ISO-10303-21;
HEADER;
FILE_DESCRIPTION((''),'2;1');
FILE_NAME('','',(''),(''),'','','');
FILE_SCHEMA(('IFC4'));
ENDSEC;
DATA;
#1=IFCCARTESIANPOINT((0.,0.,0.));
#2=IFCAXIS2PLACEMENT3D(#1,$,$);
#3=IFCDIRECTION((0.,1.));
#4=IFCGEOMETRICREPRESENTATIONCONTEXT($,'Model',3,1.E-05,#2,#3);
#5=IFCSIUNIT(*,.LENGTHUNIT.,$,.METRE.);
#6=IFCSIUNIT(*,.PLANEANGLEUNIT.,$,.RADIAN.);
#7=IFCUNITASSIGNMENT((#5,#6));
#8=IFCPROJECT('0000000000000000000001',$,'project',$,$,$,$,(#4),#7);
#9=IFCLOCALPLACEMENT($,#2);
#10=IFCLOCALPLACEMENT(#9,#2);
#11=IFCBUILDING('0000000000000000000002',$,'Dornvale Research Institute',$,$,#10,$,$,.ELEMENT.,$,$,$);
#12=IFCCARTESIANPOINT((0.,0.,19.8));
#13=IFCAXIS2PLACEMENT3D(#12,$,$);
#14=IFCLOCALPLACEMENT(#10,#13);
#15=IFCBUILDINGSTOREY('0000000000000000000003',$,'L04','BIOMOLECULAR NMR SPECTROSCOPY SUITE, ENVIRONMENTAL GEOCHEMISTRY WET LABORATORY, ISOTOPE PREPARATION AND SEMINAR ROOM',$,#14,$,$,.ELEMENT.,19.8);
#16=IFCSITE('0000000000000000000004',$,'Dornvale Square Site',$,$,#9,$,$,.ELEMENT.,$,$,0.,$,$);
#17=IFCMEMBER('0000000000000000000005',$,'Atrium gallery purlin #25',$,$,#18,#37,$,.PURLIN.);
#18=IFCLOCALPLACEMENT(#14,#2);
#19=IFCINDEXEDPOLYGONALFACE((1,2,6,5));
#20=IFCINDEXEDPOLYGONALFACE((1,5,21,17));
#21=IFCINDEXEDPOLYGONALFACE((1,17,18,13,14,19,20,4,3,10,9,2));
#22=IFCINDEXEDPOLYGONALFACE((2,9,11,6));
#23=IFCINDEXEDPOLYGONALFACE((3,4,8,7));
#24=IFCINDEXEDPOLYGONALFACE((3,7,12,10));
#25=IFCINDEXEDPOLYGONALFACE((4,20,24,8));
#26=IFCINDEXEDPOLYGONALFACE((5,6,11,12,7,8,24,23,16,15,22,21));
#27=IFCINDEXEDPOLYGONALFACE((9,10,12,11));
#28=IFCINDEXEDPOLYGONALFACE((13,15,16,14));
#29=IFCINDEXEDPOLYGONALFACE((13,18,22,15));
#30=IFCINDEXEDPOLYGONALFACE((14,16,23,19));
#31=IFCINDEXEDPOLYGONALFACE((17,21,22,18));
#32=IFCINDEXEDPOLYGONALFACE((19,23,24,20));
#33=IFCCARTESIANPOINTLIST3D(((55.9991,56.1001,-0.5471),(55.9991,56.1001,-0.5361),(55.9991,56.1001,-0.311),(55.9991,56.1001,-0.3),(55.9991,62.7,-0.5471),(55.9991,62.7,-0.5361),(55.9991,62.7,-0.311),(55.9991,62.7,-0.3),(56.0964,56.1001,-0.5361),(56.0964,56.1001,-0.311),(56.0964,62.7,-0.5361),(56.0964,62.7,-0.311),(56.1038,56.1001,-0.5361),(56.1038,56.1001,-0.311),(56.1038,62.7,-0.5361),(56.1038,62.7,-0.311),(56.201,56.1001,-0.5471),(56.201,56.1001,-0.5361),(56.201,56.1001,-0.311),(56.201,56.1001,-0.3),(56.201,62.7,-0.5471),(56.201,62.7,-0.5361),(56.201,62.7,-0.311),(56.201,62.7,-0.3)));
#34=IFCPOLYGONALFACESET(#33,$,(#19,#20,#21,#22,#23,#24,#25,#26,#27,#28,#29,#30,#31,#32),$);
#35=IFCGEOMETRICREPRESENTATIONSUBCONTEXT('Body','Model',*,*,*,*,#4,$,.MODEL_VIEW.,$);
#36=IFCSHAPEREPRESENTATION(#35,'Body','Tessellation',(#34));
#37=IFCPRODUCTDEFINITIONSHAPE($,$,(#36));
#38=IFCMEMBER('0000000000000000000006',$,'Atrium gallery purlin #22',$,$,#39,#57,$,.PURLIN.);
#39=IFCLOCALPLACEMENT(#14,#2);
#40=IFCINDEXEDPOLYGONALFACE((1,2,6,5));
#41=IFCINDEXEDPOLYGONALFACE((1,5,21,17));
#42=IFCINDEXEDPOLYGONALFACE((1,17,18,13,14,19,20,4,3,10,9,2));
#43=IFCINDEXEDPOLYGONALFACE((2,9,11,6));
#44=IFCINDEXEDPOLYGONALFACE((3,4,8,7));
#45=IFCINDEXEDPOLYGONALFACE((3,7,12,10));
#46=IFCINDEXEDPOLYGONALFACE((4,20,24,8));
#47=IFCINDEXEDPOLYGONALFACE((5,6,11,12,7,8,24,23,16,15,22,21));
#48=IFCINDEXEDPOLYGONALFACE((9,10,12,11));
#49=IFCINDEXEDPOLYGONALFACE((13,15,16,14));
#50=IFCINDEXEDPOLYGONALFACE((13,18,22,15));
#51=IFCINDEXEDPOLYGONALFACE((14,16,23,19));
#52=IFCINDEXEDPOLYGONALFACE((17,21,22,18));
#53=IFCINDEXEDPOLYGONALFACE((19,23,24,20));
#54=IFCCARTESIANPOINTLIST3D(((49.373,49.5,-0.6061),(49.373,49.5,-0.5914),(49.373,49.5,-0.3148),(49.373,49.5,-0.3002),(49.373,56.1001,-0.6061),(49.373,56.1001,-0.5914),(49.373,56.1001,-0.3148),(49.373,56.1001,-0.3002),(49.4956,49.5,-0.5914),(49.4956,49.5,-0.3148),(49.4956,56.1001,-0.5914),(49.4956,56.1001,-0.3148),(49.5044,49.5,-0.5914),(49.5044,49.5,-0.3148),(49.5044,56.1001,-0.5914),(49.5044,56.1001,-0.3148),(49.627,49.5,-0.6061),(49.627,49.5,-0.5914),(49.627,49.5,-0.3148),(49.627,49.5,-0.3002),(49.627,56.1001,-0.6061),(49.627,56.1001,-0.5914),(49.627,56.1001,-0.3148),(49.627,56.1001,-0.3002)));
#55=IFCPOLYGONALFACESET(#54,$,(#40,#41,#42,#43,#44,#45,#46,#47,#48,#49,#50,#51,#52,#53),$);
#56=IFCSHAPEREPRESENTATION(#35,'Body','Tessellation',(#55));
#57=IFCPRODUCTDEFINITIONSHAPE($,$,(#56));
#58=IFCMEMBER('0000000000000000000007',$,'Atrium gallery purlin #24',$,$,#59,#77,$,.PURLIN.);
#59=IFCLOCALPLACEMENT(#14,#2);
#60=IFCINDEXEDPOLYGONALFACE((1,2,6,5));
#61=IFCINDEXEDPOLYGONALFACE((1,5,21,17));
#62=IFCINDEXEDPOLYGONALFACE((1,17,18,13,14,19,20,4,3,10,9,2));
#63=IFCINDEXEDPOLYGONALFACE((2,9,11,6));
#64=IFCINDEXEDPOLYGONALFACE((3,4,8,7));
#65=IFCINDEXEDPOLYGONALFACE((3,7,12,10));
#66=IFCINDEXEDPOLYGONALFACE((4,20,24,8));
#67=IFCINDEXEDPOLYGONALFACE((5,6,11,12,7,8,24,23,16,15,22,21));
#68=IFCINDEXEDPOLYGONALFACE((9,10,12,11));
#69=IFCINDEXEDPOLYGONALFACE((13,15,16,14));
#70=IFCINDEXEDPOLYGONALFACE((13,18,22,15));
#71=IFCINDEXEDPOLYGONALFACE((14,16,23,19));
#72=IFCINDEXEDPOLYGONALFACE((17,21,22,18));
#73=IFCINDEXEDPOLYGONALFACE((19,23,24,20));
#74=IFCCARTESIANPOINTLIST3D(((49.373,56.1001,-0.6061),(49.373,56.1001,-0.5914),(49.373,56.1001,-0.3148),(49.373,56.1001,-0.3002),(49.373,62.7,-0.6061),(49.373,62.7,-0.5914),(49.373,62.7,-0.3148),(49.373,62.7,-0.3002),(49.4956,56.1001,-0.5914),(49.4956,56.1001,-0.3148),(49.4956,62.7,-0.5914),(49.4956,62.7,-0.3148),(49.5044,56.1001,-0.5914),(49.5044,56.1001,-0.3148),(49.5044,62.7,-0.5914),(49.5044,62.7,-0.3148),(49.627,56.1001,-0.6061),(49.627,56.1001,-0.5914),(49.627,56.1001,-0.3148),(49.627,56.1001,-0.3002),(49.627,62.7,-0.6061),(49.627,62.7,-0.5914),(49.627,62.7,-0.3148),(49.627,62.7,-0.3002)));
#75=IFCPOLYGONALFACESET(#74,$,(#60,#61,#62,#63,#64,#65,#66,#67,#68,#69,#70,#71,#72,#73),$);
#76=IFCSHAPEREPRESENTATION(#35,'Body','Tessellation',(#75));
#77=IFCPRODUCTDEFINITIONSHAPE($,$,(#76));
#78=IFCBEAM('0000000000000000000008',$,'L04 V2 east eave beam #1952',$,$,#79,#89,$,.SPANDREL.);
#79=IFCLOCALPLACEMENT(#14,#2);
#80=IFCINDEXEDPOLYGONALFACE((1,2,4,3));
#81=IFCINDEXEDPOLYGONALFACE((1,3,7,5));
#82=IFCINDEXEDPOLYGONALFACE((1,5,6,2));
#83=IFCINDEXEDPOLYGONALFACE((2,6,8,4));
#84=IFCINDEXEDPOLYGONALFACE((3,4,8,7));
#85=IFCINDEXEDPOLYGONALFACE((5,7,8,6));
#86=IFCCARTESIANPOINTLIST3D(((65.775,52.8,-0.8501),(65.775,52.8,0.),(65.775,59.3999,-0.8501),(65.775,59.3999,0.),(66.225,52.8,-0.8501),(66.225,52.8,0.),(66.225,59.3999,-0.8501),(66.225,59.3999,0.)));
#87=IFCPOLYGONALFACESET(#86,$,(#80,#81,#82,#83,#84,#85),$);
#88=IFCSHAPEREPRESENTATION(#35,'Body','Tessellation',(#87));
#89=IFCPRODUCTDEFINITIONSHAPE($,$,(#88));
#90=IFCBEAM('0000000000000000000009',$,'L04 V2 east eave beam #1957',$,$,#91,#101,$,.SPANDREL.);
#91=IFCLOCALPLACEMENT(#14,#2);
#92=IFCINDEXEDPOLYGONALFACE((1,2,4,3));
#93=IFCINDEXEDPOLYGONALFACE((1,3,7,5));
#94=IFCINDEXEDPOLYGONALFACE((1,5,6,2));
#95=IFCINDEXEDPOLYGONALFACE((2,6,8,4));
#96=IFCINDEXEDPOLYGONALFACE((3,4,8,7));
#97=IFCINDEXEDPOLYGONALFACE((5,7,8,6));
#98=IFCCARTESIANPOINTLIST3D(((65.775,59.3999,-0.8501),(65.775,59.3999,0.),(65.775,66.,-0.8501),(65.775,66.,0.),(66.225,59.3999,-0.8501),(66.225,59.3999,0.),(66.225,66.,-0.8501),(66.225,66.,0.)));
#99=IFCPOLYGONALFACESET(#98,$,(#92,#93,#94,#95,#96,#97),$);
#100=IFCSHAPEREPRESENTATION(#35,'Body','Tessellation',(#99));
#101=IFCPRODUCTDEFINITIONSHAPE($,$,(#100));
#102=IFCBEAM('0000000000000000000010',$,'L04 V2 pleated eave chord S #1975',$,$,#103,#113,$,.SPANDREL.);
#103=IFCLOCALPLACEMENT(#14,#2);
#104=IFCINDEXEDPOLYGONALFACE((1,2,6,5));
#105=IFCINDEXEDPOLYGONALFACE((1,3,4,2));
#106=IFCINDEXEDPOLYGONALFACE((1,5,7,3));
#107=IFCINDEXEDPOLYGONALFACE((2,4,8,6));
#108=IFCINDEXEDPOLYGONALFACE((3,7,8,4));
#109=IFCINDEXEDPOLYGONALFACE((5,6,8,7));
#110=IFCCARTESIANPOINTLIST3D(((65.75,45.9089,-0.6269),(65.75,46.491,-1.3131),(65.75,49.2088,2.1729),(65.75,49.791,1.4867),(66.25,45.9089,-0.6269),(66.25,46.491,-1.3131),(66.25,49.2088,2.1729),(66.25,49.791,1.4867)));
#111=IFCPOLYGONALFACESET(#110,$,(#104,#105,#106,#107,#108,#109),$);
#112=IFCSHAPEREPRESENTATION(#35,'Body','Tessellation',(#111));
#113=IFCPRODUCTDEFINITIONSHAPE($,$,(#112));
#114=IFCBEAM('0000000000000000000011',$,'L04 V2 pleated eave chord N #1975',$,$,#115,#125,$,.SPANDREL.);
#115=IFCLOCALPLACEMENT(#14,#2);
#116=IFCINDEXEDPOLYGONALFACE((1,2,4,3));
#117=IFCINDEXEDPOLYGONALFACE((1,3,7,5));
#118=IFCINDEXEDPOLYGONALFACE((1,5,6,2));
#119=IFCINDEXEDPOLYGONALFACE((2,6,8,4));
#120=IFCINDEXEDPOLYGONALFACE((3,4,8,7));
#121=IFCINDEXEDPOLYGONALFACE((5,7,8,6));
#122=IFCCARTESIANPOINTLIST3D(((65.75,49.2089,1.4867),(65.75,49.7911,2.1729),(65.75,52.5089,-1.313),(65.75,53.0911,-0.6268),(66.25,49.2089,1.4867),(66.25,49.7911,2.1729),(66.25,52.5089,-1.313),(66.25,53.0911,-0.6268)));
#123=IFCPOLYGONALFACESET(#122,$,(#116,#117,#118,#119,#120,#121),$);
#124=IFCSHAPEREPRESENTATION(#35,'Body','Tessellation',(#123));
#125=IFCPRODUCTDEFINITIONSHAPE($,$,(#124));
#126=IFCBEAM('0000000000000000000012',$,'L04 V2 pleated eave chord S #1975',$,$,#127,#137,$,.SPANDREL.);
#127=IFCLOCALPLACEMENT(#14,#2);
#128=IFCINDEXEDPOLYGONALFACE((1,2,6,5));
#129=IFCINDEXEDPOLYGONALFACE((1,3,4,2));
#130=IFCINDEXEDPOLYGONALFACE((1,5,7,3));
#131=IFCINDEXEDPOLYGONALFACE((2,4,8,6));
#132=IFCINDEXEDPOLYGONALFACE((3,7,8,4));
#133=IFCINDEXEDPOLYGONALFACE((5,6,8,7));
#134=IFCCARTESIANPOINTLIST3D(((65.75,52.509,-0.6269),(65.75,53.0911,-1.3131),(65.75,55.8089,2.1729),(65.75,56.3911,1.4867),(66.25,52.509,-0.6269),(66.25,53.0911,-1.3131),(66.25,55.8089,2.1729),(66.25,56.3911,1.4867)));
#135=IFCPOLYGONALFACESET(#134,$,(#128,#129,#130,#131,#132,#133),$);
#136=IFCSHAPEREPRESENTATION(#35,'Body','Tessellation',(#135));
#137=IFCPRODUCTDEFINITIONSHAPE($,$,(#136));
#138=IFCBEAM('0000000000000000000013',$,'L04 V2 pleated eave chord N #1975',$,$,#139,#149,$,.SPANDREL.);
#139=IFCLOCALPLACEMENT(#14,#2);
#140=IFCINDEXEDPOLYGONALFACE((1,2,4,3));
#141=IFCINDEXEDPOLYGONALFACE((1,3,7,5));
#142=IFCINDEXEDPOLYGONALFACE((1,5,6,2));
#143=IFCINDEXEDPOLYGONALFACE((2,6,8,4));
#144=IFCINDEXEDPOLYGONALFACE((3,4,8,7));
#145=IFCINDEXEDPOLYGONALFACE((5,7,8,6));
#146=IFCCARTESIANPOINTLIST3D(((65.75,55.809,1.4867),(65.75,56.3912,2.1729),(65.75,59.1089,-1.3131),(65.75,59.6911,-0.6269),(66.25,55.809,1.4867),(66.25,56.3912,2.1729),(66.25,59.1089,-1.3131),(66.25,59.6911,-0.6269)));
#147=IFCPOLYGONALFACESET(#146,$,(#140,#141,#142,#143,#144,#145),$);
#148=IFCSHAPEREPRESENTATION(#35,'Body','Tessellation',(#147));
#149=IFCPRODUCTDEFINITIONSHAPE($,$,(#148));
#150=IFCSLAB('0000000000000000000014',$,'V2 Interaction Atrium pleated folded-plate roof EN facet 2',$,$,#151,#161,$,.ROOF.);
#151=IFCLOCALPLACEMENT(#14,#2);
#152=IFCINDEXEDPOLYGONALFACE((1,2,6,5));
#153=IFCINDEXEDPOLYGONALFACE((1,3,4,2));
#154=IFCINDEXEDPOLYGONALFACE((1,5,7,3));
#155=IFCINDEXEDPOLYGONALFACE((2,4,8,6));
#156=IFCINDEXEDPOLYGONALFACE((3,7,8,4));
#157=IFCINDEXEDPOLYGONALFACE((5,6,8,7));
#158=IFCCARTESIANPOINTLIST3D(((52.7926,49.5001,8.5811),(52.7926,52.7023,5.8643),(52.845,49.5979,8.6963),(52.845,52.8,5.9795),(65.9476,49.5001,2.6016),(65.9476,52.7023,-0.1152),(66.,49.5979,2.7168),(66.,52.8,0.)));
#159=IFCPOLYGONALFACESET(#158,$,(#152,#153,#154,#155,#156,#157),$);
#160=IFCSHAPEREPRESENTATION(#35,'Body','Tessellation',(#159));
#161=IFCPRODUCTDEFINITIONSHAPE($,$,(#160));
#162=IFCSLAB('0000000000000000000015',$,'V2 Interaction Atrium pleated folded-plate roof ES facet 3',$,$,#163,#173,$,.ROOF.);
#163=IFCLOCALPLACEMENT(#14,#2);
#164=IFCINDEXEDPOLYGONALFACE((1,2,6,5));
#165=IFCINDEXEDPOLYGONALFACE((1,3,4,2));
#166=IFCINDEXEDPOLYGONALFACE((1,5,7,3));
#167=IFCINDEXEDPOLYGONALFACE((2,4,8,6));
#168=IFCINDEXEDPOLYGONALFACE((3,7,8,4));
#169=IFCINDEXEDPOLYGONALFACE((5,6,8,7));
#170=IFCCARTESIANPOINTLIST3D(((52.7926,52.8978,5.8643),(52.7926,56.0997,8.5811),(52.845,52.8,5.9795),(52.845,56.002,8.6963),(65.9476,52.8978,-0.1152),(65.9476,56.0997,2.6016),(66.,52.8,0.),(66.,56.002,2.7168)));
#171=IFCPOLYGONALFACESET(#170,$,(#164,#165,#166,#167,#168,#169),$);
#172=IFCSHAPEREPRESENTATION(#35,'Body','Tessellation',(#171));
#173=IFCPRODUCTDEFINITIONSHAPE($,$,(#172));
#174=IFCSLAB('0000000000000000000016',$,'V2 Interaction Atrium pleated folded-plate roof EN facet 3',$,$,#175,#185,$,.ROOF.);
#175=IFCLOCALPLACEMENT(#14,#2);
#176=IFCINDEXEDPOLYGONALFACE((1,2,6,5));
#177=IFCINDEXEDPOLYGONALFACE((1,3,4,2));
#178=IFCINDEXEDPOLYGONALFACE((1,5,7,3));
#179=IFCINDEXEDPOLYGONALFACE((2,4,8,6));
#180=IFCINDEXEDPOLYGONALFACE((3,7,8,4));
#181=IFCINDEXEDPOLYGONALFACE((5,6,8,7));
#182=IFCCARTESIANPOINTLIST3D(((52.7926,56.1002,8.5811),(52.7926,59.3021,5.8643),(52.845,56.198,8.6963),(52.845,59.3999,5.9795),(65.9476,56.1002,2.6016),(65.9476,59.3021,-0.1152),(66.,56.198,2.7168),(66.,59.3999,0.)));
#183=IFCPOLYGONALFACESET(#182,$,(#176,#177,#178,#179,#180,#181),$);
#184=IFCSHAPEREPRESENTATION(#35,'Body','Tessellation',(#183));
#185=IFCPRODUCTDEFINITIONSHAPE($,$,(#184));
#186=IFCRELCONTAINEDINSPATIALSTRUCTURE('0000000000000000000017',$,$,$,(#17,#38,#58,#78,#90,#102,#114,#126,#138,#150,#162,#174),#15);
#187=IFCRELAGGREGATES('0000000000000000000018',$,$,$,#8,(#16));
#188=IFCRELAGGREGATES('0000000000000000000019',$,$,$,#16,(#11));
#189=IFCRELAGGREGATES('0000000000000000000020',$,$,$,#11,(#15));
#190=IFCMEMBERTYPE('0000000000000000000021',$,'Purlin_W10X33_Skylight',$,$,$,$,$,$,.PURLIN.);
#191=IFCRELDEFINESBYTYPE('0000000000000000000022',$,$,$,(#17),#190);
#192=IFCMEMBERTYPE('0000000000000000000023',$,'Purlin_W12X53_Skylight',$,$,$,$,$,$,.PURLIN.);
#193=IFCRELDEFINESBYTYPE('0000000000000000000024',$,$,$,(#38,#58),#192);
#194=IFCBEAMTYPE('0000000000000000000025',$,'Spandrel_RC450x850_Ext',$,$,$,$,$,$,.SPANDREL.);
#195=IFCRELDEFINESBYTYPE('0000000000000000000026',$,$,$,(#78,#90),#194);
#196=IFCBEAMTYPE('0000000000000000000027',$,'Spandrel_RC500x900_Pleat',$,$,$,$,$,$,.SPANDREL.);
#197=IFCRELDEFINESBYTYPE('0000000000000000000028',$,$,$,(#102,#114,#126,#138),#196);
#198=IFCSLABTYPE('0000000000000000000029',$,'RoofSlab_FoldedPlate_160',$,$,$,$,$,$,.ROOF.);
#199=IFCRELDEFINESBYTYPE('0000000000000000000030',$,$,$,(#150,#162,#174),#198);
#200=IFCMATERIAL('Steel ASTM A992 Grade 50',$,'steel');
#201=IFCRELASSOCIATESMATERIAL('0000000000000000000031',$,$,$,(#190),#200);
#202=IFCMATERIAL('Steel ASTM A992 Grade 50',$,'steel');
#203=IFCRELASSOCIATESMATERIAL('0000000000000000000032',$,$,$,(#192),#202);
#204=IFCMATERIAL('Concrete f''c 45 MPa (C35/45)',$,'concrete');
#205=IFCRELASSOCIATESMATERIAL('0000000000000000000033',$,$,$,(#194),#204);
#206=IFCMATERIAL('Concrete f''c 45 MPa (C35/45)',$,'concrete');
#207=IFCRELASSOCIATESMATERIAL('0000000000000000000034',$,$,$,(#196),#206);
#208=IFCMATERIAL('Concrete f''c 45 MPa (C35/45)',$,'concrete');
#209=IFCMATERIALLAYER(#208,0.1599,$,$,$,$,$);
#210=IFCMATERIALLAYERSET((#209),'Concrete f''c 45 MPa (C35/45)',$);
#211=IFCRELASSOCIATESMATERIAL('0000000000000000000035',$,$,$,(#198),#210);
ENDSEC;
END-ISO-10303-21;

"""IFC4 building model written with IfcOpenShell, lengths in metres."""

from ifc_helpers import new_model, si_unit, direction, frame, origin, origin_2d, place, context, subcontext, project, spatial, polyline, rectangle, i_section, outline, extrude, material, layer, layer_set, material_profile, profile_set, type_object, element, save


model = new_model("IFC4")

# Units and contexts
model_context = context("Model", 3, precision=1e-05, world=origin(), true_north=direction((0.0, 1.0)))
body_context = subcontext(model_context, "Body", "Model", "MODEL_VIEW")
ifc_project = project(units=[si_unit("LENGTHUNIT", "METRE"), si_unit("PLANEANGLEUNIT", "RADIAN")], contexts=[model_context])

# Site, building, storey
site_placement = place(None, origin())
site = spatial("IfcSite", under=ifc_project, at=site_placement, Name="Dornvale Square Site", CompositionType="ELEMENT", RefElevation=0.0)
building_placement = place(site_placement, origin())
building = spatial("IfcBuilding", under=site, at=building_placement, Name="Dornvale Research Institute", CompositionType="ELEMENT")
storey_placement = place(building_placement, frame((0.0, 0.0, 19.8)))
storey = spatial("IfcBuildingStorey", under=building, at=storey_placement, Name="L04", Description="BIOMOLECULAR NMR SPECTROSCOPY SUITE, ENVIRONMENTAL GEOCHEMISTRY WET LABORATORY, ISOTOPE PREPARATION AND SEMINAR ROOM", CompositionType="ELEMENT", Elevation=19.8)

# Members
ifc_material_1 = material(Name="Steel ASTM A992 Grade 50", Category="steel")
ifc_material_profile_1 = material_profile(ifc_material_1, i_section(OverallWidth=0.2019, OverallDepth=0.2471, WebThickness=0.0073, FlangeThickness=0.011, at=origin_2d()), Name="W10X33")
ifc_profile_set_1 = profile_set([ifc_material_profile_1], Name="Steel ASTM A992 Grade 50")
member_type_1 = type_object("IfcMemberType", Name="Purlin_W10X33_Skylight", PredefinedType="PURLIN", material=ifc_profile_set_1)
member_1_placement = place(storey_placement, frame((56.1001, 56.1001, -0.4236), z_axis=(0.0, 1.0, 0.0), x_axis=(-1.0, 0.0, 0.0)))
element("IfcMember", 1, at=member_1_placement, inside=storey, type_object=member_type_1, Name="Atrium gallery purlin #25", PredefinedType="PURLIN", context=body_context, shape_type="SweptSolid", body=[
    extrude(i_section(OverallWidth=0.2019, OverallDepth=0.2471, WebThickness=0.0073, FlangeThickness=0.011, at=origin_2d()), origin(), (0.0, 0.0, 1.0), 6.5999),
])
ifc_material_2 = material(Name="Steel ASTM A992 Grade 50", Category="steel")
ifc_material_profile_2 = material_profile(ifc_material_2, i_section(OverallWidth=0.2539, OverallDepth=0.3059, WebThickness=0.0088, FlangeThickness=0.0146, at=origin_2d()), Name="W12X53")
ifc_profile_set_2 = profile_set([ifc_material_profile_2], Name="Steel ASTM A992 Grade 50")
member_type_2 = type_object("IfcMemberType", Name="Purlin_W12X53_Skylight", PredefinedType="PURLIN", material=ifc_profile_set_2)
member_2_placement = place(storey_placement, frame((49.5, 49.5, -0.4531), z_axis=(0.0, 1.0, 0.0), x_axis=(-1.0, 0.0, 0.0)))
element("IfcMember", 2, at=member_2_placement, inside=storey, type_object=member_type_2, Name="Atrium gallery purlin #22", PredefinedType="PURLIN", context=body_context, shape_type="SweptSolid", body=[
    extrude(i_section(OverallWidth=0.2539, OverallDepth=0.3059, WebThickness=0.0088, FlangeThickness=0.0146, at=origin_2d()), origin(), (0.0, 0.0, 1.0), 6.6001),
])
member_3_placement = place(storey_placement, frame((49.5, 56.1001, -0.4531), z_axis=(0.0, 1.0, 0.0), x_axis=(-1.0, 0.0, 0.0)))
element("IfcMember", 3, at=member_3_placement, inside=storey, type_object=member_type_2, Name="Atrium gallery purlin #24", PredefinedType="PURLIN", context=body_context, shape_type="SweptSolid", body=[
    extrude(i_section(OverallWidth=0.2539, OverallDepth=0.3059, WebThickness=0.0088, FlangeThickness=0.0146, at=origin_2d()), origin(), (0.0, 0.0, 1.0), 6.5999),
])

# Beams
ifc_material_3 = material(Name="Concrete f'c 45 MPa (C35/45)", Category="concrete")
ifc_material_profile_3 = material_profile(ifc_material_3, rectangle(XDim=0.45, YDim=0.8501, at=origin_2d()), Name="RC 450x850")
ifc_profile_set_3 = profile_set([ifc_material_profile_3], Name="Concrete f'c 45 MPa (C35/45)")
beam_type_1 = type_object("IfcBeamType", Name="Spandrel_RC450x850_Ext", PredefinedType="SPANDREL", material=ifc_profile_set_3)
beam_1_placement = place(storey_placement, frame((66.0, 52.8, -0.425), z_axis=(0.0, 1.0, 0.0), x_axis=(-1.0, 0.0, 0.0)))
element("IfcBeam", 4, at=beam_1_placement, inside=storey, type_object=beam_type_1, Name="L04 V2 east eave beam #1952", PredefinedType="SPANDREL", context=body_context, shape_type="SweptSolid", body=[
    extrude(rectangle(XDim=0.45, YDim=0.8501, at=origin_2d()), origin(), (0.0, 0.0, 1.0), 6.5999),
])
beam_2_placement = place(storey_placement, frame((66.0, 59.3999, -0.425), z_axis=(0.0, 1.0, 0.0), x_axis=(-1.0, 0.0, 0.0)))
element("IfcBeam", 5, at=beam_2_placement, inside=storey, type_object=beam_type_1, Name="L04 V2 east eave beam #1957", PredefinedType="SPANDREL", context=body_context, shape_type="SweptSolid", body=[
    extrude(rectangle(XDim=0.45, YDim=0.8501, at=origin_2d()), origin(), (0.0, 0.0, 1.0), 6.6001),
])
ifc_material_4 = material(Name="Concrete f'c 45 MPa (C35/45)", Category="concrete")
ifc_material_profile_4 = material_profile(ifc_material_4, rectangle(XDim=0.5, YDim=0.8999, at=origin_2d()), Name="RC 500x900")
ifc_profile_set_4 = profile_set([ifc_material_profile_4], Name="Concrete f'c 45 MPa (C35/45)")
beam_type_2 = type_object("IfcBeamType", Name="Spandrel_RC500x900_Pleat", PredefinedType="SPANDREL", material=ifc_profile_set_4)
for number, where, z_axis, x_axis, name in (
    (6, (66.0, 46.2, -0.97), (0.0, 0.762536, 0.646946), (-1.0, 0.0, 0.0), "L04 V2 pleated eave chord S #1975"),
    (7, (66.0, 49.5, 1.8298), (0.0, 0.762536, -0.646946), (-1.0, 0.0, 0.0), "L04 V2 pleated eave chord N #1975"),
    (8, (66.0, 52.8, -0.97), (0.0, 0.762536, 0.646946), (-1.0, 0.0, 0.0), "L04 V2 pleated eave chord S #1975"),
    (9, (66.0, 56.1001, 1.8298), (0.0, 0.762513, -0.646973), (-1.0, 0.0, 0.0), "L04 V2 pleated eave chord N #1975"),
):
    element("IfcBeam", number, at=place(storey_placement, frame(where, z_axis=z_axis, x_axis=x_axis)), inside=storey, type_object=beam_type_2, Name=name, PredefinedType="SPANDREL", context=body_context, shape_type="SweptSolid", body=[
        extrude(rectangle(XDim=0.5, YDim=0.8999, at=origin_2d()), origin(), (0.0, 0.0, 1.0), 4.3276),
    ])

# Slabs
ifc_material_5 = material(Name="Concrete f'c 45 MPa (C35/45)", Category="concrete")
ifc_layer_1 = layer(ifc_material_5, 0.1599)
ifc_layer_set_1 = layer_set([ifc_layer_1], Name="Concrete f'c 45 MPa (C35/45)")
slab_type = type_object("IfcSlabType", Name="RoofSlab_FoldedPlate_160", PredefinedType="ROOF", material=ifc_layer_set_1)
slab_1_placement = place(storey_placement, frame((52.845, 49.5979, 8.6963), z_axis=(0.327488, 0.611277, 0.720481), x_axis=(0.910368, 0.0, -0.413799)))
element("IfcSlab", 10, at=slab_1_placement, inside=storey, type_object=slab_type, Name="V2 Interaction Atrium pleated folded-plate roof EN facet 2", PredefinedType="ROOF", context=body_context, shape_type="SweptSolid", body=[
    extrude(outline(polyline([(0.0, 0.0), (14.4502, 0.0), (15.5744, 4.0461), (1.1242, 4.0461), (0.0, 0.0)])), origin(), (0.0, 0.0, -1.0), 0.1599),
])
slab_2_placement = place(storey_placement, frame((52.845, 52.8, 5.9795), z_axis=(0.327478, -0.611306, 0.72046), x_axis=(0.910368, 0.0, -0.413799)))
element("IfcSlab", 11, at=slab_2_placement, inside=storey, type_object=slab_type, Name="V2 Interaction Atrium pleated folded-plate roof ES facet 3", PredefinedType="ROOF", context=body_context, shape_type="SweptSolid", body=[
    extrude(outline(polyline([(0.0, 0.0), (14.4502, 0.0), (13.326, 4.0459), (-1.1242, 4.0459), (0.0, 0.0)])), origin(), (0.0, 0.0, -1.0), 0.1599),
])
slab_3_placement = place(storey_placement, frame((52.845, 56.198, 8.6963), z_axis=(0.327478, 0.611306, 0.72046), x_axis=(0.910368, 0.0, -0.413799)))
element("IfcSlab", 12, at=slab_3_placement, inside=storey, type_object=slab_type, Name="V2 Interaction Atrium pleated folded-plate roof EN facet 3", PredefinedType="ROOF", context=body_context, shape_type="SweptSolid", body=[
    extrude(outline(polyline([(0.0, 0.0), (14.4502, 0.0), (15.5744, 4.0459), (1.1242, 4.0459), (0.0, 0.0)])), origin(), (0.0, 0.0, -1.0), 0.1599),
])

save(model, "model.ifc")
